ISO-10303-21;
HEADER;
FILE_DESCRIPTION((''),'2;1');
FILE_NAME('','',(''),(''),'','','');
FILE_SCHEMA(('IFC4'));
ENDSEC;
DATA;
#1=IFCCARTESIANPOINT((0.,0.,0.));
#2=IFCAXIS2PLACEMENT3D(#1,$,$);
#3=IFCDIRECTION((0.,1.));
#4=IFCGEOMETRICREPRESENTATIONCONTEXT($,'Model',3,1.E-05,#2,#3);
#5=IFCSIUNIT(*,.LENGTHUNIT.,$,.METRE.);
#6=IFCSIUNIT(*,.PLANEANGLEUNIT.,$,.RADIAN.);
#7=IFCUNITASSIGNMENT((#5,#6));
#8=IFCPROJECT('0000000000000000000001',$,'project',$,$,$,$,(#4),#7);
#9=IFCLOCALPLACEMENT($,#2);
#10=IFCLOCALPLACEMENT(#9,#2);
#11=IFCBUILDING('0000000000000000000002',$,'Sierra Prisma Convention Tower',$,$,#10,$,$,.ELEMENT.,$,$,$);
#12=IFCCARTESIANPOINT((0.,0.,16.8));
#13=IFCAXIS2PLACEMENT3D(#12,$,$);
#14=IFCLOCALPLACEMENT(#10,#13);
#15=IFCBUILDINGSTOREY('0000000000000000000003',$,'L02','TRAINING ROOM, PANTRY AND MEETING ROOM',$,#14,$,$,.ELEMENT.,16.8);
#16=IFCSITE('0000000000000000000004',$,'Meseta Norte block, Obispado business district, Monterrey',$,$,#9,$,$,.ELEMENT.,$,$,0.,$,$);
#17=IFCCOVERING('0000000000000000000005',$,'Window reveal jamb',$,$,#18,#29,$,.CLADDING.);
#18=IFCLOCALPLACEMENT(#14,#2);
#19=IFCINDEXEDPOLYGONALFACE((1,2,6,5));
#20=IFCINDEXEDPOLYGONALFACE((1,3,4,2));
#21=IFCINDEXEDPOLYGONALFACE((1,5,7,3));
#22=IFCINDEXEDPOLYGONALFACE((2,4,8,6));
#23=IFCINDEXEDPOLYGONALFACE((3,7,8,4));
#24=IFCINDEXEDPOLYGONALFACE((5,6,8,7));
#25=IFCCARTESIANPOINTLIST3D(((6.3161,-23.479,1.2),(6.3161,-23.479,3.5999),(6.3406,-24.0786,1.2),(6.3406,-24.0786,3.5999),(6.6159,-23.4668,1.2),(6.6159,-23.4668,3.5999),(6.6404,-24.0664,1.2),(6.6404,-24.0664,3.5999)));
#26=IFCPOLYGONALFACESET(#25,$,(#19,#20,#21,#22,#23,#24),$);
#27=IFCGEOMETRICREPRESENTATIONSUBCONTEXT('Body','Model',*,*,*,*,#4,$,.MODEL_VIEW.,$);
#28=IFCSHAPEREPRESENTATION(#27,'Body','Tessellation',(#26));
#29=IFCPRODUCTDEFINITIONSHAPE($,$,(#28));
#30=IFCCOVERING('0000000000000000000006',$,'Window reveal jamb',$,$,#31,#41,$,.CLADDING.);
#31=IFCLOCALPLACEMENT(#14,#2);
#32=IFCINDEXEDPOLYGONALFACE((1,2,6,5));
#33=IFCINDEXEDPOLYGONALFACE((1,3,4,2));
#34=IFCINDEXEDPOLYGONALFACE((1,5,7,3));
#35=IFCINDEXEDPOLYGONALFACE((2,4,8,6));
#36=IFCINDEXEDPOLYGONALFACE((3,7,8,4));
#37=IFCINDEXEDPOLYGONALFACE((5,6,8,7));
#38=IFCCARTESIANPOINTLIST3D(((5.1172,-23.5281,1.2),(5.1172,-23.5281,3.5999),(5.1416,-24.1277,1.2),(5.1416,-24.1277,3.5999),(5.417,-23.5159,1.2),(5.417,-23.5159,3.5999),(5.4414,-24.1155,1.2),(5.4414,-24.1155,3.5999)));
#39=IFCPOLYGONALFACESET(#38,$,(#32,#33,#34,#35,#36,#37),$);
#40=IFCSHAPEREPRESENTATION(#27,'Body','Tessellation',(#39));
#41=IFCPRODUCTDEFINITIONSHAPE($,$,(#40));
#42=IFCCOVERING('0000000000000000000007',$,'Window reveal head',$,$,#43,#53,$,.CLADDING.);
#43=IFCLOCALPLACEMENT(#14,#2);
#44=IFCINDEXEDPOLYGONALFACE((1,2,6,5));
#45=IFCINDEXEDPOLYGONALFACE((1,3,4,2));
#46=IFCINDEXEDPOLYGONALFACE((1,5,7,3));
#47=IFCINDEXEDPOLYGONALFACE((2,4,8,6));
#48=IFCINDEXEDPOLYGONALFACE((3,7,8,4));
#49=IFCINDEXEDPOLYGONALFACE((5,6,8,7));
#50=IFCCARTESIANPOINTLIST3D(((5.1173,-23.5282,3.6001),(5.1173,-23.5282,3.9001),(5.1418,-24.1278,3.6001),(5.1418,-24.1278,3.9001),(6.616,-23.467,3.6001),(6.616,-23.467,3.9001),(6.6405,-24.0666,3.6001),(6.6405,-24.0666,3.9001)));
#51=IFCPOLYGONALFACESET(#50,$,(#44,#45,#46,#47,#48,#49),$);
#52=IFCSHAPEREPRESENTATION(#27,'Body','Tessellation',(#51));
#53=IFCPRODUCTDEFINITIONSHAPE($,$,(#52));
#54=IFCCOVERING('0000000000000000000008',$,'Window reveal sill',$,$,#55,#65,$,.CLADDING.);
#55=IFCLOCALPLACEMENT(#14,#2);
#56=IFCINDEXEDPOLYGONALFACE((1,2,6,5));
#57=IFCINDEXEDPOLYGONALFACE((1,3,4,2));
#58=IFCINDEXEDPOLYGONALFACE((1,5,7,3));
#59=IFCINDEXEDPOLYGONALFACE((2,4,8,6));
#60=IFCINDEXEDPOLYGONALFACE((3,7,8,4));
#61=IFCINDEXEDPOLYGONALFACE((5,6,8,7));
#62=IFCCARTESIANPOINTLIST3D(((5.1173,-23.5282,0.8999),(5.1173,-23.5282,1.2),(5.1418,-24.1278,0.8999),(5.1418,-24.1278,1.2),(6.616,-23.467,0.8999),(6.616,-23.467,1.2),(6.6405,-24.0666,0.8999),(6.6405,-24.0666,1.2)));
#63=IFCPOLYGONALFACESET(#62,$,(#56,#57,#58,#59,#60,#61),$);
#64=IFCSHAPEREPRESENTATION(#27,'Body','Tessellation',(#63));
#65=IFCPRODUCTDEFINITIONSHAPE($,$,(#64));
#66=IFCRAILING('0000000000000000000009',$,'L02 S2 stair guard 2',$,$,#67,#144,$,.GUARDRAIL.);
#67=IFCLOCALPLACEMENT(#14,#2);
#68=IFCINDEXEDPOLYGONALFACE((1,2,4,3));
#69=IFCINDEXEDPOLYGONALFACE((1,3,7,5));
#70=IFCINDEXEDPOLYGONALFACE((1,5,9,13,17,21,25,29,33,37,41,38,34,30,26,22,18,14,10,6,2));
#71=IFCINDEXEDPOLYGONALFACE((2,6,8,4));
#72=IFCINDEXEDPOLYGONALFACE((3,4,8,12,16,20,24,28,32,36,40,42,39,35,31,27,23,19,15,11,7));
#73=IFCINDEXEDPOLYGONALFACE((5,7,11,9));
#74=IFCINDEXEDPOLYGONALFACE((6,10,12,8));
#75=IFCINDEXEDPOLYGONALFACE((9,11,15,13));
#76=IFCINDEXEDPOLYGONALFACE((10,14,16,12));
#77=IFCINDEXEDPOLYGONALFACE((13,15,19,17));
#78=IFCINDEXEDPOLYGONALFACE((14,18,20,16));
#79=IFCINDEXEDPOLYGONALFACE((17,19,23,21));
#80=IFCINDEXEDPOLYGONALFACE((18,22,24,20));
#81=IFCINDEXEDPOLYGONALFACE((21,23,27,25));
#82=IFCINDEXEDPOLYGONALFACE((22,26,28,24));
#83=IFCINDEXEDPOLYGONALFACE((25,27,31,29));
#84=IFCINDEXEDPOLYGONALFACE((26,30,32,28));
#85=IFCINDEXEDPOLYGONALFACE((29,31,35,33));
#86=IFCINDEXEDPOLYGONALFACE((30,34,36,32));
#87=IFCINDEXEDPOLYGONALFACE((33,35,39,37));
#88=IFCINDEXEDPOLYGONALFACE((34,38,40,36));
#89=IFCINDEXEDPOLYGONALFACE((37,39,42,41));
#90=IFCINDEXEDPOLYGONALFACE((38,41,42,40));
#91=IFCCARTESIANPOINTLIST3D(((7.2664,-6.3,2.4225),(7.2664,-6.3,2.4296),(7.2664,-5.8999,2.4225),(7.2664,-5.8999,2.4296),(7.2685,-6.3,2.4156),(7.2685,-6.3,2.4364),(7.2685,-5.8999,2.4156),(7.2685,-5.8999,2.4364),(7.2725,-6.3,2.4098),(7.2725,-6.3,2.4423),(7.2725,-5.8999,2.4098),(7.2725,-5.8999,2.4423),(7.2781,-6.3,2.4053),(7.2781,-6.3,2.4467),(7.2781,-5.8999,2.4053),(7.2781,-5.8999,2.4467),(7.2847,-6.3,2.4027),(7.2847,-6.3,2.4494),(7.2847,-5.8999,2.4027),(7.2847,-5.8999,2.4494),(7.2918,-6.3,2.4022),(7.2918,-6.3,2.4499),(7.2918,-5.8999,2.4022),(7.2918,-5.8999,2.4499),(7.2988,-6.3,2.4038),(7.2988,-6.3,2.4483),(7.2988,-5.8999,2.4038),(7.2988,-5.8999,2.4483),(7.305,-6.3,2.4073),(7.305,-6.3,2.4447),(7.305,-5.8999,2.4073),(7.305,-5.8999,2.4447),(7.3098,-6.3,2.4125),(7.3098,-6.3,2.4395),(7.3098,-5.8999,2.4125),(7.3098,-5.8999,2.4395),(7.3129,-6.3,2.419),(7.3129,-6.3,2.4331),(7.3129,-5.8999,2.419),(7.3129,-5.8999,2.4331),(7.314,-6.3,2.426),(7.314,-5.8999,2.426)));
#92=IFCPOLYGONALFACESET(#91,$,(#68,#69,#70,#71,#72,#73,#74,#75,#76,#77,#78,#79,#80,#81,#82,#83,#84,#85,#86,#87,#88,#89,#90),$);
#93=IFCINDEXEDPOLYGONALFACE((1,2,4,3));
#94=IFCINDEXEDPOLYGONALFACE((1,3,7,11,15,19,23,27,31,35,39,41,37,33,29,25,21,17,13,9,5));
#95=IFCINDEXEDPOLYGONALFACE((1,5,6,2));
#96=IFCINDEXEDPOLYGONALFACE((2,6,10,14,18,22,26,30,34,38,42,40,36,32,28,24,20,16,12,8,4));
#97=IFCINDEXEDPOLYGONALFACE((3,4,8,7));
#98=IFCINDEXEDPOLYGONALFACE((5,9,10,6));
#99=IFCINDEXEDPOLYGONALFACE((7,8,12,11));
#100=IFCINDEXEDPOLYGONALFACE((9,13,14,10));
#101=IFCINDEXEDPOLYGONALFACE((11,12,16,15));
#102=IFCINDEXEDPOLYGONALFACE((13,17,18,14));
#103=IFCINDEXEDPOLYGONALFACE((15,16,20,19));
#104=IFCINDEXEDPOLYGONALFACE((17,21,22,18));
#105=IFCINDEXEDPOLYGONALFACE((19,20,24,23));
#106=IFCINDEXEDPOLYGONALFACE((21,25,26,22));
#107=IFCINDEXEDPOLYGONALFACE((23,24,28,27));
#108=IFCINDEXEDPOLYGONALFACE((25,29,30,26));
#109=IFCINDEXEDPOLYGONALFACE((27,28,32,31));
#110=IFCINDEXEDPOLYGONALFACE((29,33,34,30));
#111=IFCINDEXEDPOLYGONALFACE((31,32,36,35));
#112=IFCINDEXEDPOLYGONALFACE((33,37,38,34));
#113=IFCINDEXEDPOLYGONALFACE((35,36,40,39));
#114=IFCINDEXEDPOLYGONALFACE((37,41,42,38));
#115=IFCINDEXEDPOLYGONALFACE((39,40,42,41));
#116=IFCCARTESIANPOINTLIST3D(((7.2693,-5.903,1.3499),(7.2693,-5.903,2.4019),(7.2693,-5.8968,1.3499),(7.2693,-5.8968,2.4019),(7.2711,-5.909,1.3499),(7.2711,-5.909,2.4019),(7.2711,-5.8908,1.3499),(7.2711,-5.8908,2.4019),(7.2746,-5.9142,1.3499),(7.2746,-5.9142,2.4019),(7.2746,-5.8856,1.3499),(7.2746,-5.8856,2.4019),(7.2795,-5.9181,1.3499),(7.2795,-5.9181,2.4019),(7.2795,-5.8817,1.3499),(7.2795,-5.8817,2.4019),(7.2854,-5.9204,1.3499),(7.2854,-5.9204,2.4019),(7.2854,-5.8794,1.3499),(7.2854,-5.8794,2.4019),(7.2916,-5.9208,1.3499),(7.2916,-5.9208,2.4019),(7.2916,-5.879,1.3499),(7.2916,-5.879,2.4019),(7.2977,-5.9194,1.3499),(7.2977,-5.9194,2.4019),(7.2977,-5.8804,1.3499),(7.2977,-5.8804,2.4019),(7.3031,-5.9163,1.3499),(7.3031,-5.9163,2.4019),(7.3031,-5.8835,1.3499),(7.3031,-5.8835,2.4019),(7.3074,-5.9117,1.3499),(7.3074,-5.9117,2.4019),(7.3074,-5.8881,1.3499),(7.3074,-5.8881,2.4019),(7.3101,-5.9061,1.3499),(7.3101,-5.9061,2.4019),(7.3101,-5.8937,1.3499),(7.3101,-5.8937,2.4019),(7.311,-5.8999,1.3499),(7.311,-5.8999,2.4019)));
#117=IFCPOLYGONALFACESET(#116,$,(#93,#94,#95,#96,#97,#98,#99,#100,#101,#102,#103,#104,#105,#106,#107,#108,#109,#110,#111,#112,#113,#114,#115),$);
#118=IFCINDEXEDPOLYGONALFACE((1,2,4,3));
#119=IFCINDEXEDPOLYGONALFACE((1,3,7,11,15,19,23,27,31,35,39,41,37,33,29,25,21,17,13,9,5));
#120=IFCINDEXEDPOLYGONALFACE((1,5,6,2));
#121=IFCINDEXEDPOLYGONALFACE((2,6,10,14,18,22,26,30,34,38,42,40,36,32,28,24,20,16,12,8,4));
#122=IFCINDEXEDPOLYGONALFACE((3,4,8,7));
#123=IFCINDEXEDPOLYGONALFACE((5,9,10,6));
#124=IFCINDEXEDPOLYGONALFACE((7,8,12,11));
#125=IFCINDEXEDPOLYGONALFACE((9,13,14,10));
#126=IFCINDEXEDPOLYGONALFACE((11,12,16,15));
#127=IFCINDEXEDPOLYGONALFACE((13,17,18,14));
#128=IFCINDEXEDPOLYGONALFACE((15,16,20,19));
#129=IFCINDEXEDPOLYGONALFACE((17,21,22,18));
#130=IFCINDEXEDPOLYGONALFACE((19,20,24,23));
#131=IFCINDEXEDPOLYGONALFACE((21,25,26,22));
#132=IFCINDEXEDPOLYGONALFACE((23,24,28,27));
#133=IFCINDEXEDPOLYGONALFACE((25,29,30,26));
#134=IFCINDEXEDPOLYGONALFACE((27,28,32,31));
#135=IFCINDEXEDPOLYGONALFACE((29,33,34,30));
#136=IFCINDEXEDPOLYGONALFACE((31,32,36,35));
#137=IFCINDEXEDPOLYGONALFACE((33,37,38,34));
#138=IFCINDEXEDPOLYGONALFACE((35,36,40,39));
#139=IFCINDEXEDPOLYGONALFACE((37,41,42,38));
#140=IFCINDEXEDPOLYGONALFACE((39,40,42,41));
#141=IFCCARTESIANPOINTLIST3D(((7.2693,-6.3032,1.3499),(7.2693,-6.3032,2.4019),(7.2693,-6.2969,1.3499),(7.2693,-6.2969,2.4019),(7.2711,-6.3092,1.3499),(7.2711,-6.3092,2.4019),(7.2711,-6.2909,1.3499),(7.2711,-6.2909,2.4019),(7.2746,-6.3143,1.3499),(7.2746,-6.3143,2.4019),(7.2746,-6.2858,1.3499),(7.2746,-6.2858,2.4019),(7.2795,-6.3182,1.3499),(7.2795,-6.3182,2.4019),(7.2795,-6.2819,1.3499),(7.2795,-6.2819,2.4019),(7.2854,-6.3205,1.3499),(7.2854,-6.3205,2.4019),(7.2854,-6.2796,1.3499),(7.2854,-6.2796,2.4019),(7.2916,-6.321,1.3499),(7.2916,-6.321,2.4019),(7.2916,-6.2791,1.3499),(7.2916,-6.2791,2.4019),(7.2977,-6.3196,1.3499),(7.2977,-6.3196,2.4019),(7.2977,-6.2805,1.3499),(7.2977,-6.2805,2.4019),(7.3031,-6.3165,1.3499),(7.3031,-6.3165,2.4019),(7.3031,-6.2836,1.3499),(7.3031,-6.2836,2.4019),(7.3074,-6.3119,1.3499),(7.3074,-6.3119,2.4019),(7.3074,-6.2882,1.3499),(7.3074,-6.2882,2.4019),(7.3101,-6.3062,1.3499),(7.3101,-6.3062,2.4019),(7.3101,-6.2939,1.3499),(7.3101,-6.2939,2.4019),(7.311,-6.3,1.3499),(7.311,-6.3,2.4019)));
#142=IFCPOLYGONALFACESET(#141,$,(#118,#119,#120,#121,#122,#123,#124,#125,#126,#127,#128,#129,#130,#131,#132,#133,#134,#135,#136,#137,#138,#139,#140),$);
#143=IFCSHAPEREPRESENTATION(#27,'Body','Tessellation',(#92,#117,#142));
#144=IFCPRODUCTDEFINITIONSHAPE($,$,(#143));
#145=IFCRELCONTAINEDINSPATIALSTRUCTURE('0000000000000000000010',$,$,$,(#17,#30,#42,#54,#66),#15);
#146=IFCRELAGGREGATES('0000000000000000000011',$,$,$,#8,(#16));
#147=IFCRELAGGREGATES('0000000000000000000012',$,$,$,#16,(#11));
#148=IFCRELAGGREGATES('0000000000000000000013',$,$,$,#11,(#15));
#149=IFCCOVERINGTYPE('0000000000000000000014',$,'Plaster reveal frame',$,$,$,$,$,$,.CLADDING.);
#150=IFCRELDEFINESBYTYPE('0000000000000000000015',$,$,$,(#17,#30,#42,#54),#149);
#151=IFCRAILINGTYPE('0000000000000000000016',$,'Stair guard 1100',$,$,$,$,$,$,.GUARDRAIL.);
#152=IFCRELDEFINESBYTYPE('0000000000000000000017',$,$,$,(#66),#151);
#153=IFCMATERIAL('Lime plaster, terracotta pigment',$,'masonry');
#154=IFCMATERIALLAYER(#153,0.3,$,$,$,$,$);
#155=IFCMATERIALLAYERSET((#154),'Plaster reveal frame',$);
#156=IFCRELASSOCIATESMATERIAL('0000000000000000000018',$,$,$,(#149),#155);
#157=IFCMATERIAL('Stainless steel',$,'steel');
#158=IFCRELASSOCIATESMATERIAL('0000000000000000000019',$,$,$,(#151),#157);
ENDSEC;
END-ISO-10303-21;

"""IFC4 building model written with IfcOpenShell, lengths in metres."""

from ifc_helpers import new_model, si_unit, direction, frame, origin, origin_2d, place, context, subcontext, project, spatial, rectangle, circle, extrude, material, layer, layer_set, type_object, element, save


model = new_model("IFC4")

# Units and contexts
model_context = context("Model", 3, precision=1e-05, world=origin(), true_north=direction((0.0, 1.0)))
body_context = subcontext(model_context, "Body", "Model", "MODEL_VIEW")
ifc_project = project(units=[si_unit("LENGTHUNIT", "METRE"), si_unit("PLANEANGLEUNIT", "RADIAN")], contexts=[model_context])

# Site, building, storey
site_placement = place(None, origin())
site = spatial("IfcSite", under=ifc_project, at=site_placement, Name="Meseta Norte block, Obispado business district, Monterrey", CompositionType="ELEMENT", RefElevation=0.0)
building_placement = place(site_placement, origin())
building = spatial("IfcBuilding", under=site, at=building_placement, Name="Sierra Prisma Convention Tower", CompositionType="ELEMENT")
storey_placement = place(building_placement, frame((0.0, 0.0, 16.8)))
storey = spatial("IfcBuildingStorey", under=building, at=storey_placement, Name="L02", Description="TRAINING ROOM, PANTRY AND MEETING ROOM", CompositionType="ELEMENT", Elevation=16.8)

# Coverings
ifc_material_1 = material(Name="Lime plaster, terracotta pigment", Category="masonry")
ifc_layer_1 = layer(ifc_material_1, 0.3)
ifc_layer_set_1 = layer_set([ifc_layer_1], Name="Plaster reveal frame")
covering_type = type_object("IfcCoveringType", Name="Plaster reveal frame", PredefinedType="CLADDING", material=ifc_layer_set_1)
for number, where, z_axis, x_axis, name in (
    (1, (6.4783, -23.7727, 1.2), (0.0, 0.0, 1.0), (-0.999167, -0.040796, 0.0), "Window reveal jamb"),
    (2, (5.2793, -23.8218, 1.2), (0.0, 0.0, 1.0), (-0.999167, -0.040796, 0.0), "Window reveal jamb"),
):
    element("IfcCovering", number, at=place(storey_placement, frame(where, z_axis=z_axis, x_axis=x_axis)), inside=storey, type_object=covering_type, Name=name, PredefinedType="CLADDING", context=body_context, shape_type="SweptSolid", body=[
        extrude(rectangle(XDim=0.3, YDim=0.6001, at=origin_2d()), origin(), (0.0, 0.0, 1.0), 2.3999),
    ])
for number, where, z_axis, x_axis, name in (
    (3, (5.8789, -23.7974, 3.6001), (0.0, 0.0, 1.0), (-0.999167, -0.040796, 0.0), "Window reveal head"),
    (4, (5.8789, -23.7974, 0.8999), (0.0, 0.0, 1.0), (-0.999167, -0.040796, 0.0), "Window reveal sill"),
):
    element("IfcCovering", number, at=place(storey_placement, frame(where, z_axis=z_axis, x_axis=x_axis)), inside=storey, type_object=covering_type, Name=name, PredefinedType="CLADDING", context=body_context, shape_type="SweptSolid", body=[
        extrude(rectangle(XDim=1.5, YDim=0.6001, at=origin_2d()), origin(), (0.0, 0.0, 1.0), 0.3),
    ])

# Railing
ifc_material_2 = material(Name="Stainless steel", Category="steel")
railing_type_1 = type_object("IfcRailingType", Name="Stair guard 1100", PredefinedType="GUARDRAIL", material=ifc_material_2)
railing_1_placement = place(storey_placement, frame((7.29, -5.8999, 1.3499)))
element("IfcRailing", 5, at=railing_1_placement, inside=storey, type_object=railing_type_1, Name="L02 S2 stair guard 2", PredefinedType="GUARDRAIL", context=body_context, shape_type="SweptSolid", body=[
    extrude(circle(Radius=0.0239, at=origin_2d()), frame((0.0, 0.0, 1.0762), z_axis=(0.0, -1.0, 0.0), x_axis=(1.0, 0.0, 0.0)), (0.0, 0.0, 1.0), 0.4001),
    extrude(circle(Radius=0.021, at=origin_2d()), origin(), (0.0, 0.0, 1.0), 1.052),
    extrude(circle(Radius=0.021, at=origin_2d()), frame((0.0, -0.4001, 0.0)), (0.0, 0.0, 1.0), 1.052),
])

save(model, "model.ifc")
